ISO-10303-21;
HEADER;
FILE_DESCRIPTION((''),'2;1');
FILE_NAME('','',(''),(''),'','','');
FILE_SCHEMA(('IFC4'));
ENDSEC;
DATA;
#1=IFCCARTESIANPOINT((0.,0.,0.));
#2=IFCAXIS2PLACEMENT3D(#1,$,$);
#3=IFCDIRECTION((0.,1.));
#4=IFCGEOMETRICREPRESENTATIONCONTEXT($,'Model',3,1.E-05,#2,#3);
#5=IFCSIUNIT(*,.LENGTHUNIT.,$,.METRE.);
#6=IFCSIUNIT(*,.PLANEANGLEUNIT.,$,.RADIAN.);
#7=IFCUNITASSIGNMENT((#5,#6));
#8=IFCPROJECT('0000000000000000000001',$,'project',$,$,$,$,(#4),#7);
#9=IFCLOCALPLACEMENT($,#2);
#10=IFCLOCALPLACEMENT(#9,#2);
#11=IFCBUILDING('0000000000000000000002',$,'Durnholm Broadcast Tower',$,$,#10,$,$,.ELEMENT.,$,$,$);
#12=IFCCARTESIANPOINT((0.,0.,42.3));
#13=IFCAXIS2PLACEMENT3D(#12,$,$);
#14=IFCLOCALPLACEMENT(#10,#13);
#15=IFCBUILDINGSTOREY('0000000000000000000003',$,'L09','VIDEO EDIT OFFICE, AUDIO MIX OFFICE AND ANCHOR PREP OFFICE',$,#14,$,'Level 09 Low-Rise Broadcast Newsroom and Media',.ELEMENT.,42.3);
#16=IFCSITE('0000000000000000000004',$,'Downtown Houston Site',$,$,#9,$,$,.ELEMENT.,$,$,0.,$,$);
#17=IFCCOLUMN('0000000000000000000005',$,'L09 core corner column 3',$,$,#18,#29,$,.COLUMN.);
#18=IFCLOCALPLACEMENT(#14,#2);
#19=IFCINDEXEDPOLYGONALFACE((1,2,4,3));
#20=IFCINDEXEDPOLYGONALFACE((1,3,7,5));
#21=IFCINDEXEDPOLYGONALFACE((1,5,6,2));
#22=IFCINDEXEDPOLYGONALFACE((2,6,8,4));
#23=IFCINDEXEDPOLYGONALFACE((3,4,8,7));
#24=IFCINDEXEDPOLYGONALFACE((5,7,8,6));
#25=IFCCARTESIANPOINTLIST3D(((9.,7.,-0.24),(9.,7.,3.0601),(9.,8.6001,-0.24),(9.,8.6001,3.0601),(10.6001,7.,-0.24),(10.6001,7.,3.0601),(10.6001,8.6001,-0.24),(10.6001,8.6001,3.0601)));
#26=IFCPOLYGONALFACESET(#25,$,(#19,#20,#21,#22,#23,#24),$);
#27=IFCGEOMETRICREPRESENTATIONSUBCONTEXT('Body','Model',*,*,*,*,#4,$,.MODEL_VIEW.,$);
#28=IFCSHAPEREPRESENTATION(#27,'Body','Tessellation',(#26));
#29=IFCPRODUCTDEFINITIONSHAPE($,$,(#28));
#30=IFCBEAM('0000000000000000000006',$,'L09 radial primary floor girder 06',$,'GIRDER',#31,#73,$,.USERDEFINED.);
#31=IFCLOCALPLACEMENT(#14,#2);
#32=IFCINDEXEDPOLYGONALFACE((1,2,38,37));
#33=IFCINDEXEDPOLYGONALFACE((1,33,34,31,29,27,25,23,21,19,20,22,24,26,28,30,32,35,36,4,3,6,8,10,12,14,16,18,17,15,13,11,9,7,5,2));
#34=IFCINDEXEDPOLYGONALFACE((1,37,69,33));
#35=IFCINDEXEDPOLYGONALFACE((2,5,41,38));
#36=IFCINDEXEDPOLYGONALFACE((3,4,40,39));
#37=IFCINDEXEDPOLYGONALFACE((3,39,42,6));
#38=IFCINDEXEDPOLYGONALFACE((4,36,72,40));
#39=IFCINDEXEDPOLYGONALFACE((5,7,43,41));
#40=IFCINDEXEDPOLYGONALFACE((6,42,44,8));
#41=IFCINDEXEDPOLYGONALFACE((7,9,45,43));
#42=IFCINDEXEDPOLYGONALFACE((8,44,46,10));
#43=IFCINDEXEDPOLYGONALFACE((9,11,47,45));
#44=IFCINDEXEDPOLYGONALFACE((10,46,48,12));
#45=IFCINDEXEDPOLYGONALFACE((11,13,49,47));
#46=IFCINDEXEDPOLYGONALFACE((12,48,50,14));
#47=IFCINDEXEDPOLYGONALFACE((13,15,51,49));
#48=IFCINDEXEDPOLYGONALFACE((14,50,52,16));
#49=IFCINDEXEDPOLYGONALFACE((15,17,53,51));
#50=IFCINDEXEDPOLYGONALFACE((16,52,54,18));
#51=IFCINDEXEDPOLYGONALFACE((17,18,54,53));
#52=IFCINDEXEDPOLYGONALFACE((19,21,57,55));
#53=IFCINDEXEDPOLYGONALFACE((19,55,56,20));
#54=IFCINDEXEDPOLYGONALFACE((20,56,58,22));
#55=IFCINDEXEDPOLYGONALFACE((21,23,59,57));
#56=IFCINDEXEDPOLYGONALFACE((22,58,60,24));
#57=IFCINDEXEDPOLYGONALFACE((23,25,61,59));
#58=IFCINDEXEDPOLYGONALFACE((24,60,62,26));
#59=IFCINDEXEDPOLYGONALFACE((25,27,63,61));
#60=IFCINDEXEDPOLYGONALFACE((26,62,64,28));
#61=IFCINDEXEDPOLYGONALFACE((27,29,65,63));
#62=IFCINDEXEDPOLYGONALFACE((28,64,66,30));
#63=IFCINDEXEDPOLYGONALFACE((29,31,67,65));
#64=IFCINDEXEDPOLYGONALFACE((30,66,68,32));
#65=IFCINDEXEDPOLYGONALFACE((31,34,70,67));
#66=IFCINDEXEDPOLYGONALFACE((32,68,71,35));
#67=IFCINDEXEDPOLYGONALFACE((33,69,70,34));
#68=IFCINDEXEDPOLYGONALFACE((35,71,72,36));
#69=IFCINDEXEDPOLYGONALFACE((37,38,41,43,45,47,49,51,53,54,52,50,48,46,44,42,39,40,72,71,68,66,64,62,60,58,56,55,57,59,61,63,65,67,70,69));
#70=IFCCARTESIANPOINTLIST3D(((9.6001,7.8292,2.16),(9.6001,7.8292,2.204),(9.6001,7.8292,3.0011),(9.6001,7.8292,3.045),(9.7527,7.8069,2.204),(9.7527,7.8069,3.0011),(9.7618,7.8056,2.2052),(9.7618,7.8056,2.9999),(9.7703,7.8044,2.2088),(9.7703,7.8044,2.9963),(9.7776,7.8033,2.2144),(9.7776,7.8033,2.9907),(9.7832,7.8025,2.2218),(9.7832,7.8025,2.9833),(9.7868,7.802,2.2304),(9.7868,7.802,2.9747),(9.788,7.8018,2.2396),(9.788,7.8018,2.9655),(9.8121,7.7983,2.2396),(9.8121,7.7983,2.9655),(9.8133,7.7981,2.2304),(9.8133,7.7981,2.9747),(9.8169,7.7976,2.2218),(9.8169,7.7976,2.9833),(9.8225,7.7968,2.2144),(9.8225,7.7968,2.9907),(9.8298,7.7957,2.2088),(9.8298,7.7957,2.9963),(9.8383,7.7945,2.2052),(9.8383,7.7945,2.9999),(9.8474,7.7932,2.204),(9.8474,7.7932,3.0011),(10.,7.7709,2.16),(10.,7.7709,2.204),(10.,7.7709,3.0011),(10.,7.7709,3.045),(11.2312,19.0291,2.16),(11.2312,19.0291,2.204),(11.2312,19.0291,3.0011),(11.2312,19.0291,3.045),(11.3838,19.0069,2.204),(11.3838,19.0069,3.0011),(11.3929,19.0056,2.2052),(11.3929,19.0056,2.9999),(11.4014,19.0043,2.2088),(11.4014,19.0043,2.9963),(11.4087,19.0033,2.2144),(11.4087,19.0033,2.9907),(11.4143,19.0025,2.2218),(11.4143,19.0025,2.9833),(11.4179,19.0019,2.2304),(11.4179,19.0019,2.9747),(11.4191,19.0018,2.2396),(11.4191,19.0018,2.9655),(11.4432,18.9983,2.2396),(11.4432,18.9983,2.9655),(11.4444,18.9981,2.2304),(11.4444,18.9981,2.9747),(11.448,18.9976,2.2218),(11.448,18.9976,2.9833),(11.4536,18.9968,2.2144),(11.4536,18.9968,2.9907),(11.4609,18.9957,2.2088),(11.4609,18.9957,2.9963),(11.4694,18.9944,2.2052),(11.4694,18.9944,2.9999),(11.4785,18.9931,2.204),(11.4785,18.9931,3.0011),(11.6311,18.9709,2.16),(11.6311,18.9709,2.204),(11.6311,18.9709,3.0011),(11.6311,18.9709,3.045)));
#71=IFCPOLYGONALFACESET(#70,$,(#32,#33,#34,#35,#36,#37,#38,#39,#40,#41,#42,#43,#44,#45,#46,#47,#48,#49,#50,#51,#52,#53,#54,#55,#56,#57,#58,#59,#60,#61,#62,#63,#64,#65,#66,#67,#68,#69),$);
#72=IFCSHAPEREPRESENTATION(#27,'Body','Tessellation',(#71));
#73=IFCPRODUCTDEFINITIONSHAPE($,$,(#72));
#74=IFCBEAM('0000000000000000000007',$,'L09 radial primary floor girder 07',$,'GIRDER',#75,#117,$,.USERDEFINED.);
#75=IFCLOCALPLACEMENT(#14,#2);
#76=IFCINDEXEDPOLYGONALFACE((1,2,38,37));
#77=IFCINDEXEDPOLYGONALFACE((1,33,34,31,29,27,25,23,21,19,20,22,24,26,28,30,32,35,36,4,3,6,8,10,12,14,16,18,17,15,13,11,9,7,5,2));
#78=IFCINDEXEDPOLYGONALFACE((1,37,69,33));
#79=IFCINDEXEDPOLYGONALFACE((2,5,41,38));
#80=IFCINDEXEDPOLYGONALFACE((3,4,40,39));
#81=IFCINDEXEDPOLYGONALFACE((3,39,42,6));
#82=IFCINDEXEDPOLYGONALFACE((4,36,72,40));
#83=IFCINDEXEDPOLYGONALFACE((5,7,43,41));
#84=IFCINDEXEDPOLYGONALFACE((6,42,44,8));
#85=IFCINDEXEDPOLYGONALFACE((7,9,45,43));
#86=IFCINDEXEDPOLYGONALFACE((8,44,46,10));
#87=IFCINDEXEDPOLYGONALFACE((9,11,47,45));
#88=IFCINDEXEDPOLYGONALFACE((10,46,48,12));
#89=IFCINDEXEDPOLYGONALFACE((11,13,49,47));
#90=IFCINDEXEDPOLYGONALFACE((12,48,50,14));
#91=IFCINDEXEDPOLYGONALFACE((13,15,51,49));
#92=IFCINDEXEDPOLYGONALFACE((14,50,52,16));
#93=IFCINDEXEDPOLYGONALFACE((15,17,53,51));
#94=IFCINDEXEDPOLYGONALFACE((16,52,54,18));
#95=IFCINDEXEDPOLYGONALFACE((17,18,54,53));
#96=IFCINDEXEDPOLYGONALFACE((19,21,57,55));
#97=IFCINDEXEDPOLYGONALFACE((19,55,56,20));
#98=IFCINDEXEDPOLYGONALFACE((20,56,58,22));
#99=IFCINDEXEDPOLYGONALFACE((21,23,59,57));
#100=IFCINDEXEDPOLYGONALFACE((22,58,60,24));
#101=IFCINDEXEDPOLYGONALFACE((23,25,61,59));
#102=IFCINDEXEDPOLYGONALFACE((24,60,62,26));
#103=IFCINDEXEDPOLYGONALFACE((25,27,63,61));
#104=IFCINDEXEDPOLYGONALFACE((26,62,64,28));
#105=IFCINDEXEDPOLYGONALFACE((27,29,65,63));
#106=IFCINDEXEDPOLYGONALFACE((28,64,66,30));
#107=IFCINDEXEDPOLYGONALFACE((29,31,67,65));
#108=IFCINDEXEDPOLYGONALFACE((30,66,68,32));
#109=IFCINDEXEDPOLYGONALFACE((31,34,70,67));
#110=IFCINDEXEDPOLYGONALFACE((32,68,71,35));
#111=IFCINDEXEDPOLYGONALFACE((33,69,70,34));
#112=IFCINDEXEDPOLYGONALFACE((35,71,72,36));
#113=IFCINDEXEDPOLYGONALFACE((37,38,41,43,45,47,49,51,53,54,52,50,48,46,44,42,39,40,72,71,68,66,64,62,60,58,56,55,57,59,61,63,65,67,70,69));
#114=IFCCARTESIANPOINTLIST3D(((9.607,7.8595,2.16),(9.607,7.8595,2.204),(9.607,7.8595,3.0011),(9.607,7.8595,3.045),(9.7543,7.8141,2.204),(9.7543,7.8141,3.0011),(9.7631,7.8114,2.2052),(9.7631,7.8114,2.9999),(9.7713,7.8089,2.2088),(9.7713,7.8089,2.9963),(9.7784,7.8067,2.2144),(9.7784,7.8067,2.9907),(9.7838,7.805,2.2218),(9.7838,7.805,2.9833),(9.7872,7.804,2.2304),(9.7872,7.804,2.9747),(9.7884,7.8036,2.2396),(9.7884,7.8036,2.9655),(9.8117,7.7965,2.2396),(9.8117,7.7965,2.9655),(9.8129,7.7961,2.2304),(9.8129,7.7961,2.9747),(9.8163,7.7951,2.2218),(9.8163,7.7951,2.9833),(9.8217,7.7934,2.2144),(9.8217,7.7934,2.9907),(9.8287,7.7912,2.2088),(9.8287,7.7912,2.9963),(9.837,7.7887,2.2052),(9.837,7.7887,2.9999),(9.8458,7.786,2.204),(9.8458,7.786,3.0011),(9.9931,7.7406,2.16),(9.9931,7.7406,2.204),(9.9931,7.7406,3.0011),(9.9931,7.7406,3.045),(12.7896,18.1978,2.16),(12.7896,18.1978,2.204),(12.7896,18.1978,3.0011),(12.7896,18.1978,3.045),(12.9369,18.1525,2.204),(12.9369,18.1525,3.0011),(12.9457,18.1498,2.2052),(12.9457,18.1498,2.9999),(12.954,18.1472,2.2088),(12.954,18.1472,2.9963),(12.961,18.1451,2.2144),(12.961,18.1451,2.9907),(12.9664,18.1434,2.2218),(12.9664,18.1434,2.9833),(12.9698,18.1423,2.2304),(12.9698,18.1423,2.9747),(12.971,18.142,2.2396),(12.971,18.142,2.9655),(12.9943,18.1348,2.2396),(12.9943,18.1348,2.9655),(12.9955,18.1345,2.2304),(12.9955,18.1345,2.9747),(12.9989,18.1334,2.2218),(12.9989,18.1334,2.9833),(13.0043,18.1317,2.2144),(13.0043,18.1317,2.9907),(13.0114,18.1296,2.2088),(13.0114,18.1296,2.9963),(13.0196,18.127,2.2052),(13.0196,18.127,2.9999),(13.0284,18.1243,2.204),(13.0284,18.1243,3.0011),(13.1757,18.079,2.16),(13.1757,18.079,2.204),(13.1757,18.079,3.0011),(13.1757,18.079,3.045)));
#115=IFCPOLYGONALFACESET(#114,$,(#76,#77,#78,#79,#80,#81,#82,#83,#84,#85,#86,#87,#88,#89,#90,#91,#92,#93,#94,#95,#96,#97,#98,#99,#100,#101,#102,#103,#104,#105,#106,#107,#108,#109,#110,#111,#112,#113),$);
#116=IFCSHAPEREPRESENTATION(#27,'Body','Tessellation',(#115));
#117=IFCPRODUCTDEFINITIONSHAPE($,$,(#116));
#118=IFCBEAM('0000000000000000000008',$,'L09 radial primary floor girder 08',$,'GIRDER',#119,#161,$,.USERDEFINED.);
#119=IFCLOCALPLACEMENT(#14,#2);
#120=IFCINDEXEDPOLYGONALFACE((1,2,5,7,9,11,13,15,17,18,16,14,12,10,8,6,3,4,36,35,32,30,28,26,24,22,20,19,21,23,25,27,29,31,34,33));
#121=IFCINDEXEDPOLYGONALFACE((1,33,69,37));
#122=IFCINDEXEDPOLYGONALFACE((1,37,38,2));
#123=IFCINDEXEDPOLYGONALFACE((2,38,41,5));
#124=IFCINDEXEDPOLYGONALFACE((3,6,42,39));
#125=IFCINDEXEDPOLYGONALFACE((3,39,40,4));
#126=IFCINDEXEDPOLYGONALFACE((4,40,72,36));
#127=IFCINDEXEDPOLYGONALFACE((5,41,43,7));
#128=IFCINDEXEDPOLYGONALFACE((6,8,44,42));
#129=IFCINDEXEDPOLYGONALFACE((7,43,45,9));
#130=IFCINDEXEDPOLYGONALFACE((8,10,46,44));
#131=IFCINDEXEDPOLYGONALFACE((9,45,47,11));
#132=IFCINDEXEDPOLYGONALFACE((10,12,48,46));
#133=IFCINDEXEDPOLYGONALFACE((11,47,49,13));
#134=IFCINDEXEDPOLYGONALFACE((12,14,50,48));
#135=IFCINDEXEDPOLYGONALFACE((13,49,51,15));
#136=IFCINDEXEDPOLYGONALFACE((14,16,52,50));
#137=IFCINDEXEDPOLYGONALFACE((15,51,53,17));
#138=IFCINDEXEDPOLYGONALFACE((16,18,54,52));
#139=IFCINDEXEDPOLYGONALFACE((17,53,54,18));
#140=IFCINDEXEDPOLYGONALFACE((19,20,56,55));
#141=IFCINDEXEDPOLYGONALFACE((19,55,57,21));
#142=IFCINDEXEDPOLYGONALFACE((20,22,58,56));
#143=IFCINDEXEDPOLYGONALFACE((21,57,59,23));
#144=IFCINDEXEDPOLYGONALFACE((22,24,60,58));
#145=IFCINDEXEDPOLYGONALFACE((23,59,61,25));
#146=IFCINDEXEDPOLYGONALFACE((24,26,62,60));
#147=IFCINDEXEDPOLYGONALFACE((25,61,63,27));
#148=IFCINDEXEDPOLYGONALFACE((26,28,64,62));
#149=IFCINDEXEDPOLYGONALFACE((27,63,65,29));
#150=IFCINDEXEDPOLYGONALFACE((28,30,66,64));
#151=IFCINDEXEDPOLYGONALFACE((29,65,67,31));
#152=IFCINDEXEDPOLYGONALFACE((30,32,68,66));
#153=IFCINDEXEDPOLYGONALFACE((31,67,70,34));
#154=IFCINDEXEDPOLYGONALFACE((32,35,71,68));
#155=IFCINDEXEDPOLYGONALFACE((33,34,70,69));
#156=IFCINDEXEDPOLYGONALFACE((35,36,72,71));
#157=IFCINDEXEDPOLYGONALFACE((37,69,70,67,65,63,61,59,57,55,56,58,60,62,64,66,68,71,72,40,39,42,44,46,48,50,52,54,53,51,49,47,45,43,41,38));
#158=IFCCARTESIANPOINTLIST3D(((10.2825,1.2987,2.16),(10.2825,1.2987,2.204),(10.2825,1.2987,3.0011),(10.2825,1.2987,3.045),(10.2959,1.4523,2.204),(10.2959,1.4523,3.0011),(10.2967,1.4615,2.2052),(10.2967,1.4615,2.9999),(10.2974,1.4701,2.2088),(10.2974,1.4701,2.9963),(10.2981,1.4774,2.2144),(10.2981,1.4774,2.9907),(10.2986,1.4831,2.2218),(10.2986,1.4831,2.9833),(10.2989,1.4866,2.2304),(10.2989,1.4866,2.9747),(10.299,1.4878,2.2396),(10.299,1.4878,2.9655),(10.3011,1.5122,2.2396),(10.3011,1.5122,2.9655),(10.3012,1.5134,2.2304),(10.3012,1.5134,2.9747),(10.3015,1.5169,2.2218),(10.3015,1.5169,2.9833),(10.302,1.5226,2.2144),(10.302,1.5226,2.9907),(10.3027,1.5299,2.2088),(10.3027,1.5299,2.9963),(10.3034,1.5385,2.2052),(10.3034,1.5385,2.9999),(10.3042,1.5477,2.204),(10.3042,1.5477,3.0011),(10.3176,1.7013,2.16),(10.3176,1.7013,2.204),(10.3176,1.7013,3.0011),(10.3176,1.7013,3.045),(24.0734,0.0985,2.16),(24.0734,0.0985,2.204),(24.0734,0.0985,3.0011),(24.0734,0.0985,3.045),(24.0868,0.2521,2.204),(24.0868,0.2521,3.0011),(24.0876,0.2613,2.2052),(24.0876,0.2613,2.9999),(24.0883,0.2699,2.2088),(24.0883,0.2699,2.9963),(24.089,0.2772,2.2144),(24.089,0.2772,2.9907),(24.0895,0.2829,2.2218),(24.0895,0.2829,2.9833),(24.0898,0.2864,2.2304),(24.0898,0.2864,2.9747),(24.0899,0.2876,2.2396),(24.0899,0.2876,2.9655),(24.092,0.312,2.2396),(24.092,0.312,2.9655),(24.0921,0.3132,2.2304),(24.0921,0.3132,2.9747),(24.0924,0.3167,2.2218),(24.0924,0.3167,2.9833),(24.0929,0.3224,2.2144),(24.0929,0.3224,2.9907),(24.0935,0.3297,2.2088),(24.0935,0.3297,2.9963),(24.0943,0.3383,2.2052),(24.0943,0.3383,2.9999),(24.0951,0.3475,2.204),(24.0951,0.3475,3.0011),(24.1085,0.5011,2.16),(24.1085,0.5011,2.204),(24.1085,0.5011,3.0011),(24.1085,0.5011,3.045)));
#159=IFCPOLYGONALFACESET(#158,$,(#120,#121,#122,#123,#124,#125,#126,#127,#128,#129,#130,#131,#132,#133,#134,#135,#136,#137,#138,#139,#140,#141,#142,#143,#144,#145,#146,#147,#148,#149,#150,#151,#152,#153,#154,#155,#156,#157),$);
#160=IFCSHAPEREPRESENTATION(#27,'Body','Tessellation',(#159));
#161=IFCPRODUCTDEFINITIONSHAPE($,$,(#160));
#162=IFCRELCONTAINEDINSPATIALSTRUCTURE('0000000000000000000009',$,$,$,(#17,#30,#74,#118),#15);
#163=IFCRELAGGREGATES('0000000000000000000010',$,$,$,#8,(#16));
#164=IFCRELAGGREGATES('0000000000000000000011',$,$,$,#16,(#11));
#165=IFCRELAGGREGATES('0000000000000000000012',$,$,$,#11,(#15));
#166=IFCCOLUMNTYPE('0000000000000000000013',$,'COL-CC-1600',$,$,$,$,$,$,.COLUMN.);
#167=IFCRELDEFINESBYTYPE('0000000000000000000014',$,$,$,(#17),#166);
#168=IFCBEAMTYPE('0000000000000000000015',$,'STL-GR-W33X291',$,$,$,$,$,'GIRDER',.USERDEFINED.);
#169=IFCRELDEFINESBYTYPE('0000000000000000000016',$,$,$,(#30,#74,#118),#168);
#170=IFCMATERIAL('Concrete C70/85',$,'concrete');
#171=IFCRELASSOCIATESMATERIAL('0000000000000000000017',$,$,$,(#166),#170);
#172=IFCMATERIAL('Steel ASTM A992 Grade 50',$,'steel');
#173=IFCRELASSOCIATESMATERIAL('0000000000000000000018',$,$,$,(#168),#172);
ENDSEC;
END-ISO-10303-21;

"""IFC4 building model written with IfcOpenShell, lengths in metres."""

from ifc_helpers import new_model, si_unit, direction, frame, origin, origin_2d, place, context, subcontext, project, spatial, rectangle, i_section, extrude, source, transform, mapped, material, material_profile, profile_set, type_object, type_shapes, element, save


model = new_model("IFC4")

# Units and contexts
model_context = context("Model", 3, precision=1e-05, world=origin(), true_north=direction((0.0, 1.0)))
body_context = subcontext(model_context, "Body", "Model", "MODEL_VIEW")
ifc_project = project(units=[si_unit("LENGTHUNIT", "METRE"), si_unit("PLANEANGLEUNIT", "RADIAN")], contexts=[model_context])

# Site, building, storey
site_placement = place(None, origin())
site = spatial("IfcSite", under=ifc_project, at=site_placement, Name="Downtown Houston Site", CompositionType="ELEMENT", RefElevation=0.0)
building_placement = place(site_placement, origin())
building = spatial("IfcBuilding", under=site, at=building_placement, Name="Durnholm Broadcast Tower", CompositionType="ELEMENT")
storey_placement = place(building_placement, frame((0.0, 0.0, 42.3)))
storey = spatial("IfcBuildingStorey", under=building, at=storey_placement, Name="L09", Description="VIDEO EDIT OFFICE, AUDIO MIX OFFICE AND ANCHOR PREP OFFICE", LongName="Level 09 Low-Rise Broadcast Newsroom and Media", CompositionType="ELEMENT", Elevation=42.3)

# Column
ifc_material_1 = material(Name="Concrete C70/85", Category="concrete")
ifc_material_profile_1 = material_profile(ifc_material_1, rectangle(XDim=1.6001, YDim=1.6001, at=origin_2d()), Name="RC1600X1600")
ifc_profile_set_1 = profile_set([ifc_material_profile_1], Name="Concrete C70/85")
column_type = type_object("IfcColumnType", Name="COL-CC-1600", PredefinedType="COLUMN", material=ifc_profile_set_1)
shared_shape_1 = source(origin(), body_context, "Body", "SweptSolid", [
    extrude(rectangle(XDim=1.6001, YDim=1.6001, at=origin_2d()), origin(), (0.0, 0.0, 1.0), 3.3),
])
type_shapes(column_type, [shared_shape_1])
column_placement = place(storey_placement, frame((9.8, 7.8, -0.24), z_axis=(0.0, 0.0, 1.0), x_axis=(1.0, 0.0, 0.0)))
element("IfcColumn", 1, at=column_placement, inside=storey, type_object=column_type, Name="L09 core corner column 3", PredefinedType="COLUMN", context=body_context, shape_type="MappedRepresentation", body=[
    mapped(shared_shape_1, transform((0.0, 0.0, 0.0), x_axis=(1.0, 0.0, 0.0), y_axis=(0.0, 1.0, 0.0), z_axis=(0.0, 0.0, 1.0), scale=1.0)),
])

# Beams
ifc_material_2 = material(Name="Steel ASTM A992 Grade 50", Category="steel")
ifc_material_profile_2 = material_profile(ifc_material_2, i_section(OverallWidth=0.4041, OverallDepth=0.885, WebThickness=0.0244, FlangeThickness=0.0439, FilletRadius=0.0356, at=origin_2d()), Name="W33X291")
ifc_profile_set_2 = profile_set([ifc_material_profile_2], Name="Steel ASTM A992 Grade 50")
beam_type_1 = type_object("IfcBeamType", Name="STL-GR-W33X291", ElementType="GIRDER", PredefinedType="USERDEFINED", material=ifc_profile_set_2)
shared_shape_2 = source(origin(), body_context, "Body", "SweptSolid", [
    extrude(i_section(OverallWidth=0.4041, OverallDepth=0.885, WebThickness=0.0244, FlangeThickness=0.0439, FilletRadius=0.0356, at=origin_2d()), origin(), (0.0, 0.0, 1.0), 11.3181),
])
beam_1_placement = place(storey_placement, frame((9.8, 7.8, 2.6025), z_axis=(0.144115, 0.989561, 0.0), x_axis=(-0.989561, 0.144115, 0.0)))
element("IfcBeam", 2, at=beam_1_placement, inside=storey, type_object=beam_type_1, Name="L09 radial primary floor girder 06", ObjectType="GIRDER", PredefinedType="USERDEFINED", context=body_context, shape_type="MappedRepresentation", body=[
    mapped(shared_shape_2, transform((0.0, 0.0, 0.0), x_axis=(1.0, 0.0, 0.0), y_axis=(0.0, 1.0, 0.0), z_axis=(0.0, 0.0, 1.0), scale=1.0)),
])
shared_shape_3 = source(origin(), body_context, "Body", "SweptSolid", [
    extrude(i_section(OverallWidth=0.4041, OverallDepth=0.885, WebThickness=0.0244, FlangeThickness=0.0439, FilletRadius=0.0356, at=origin_2d()), origin(), (0.0, 0.0, 1.0), 10.8171),
])
beam_2_placement = place(storey_placement, frame((9.8, 7.8, 2.6025), z_axis=(0.294219, 0.955738, 0.0), x_axis=(-0.955738, 0.294219, 0.0)))
element("IfcBeam", 3, at=beam_2_placement, inside=storey, type_object=beam_type_1, Name="L09 radial primary floor girder 07", ObjectType="GIRDER", PredefinedType="USERDEFINED", context=body_context, shape_type="MappedRepresentation", body=[
    mapped(shared_shape_3, transform((0.0, 0.0, 0.0), x_axis=(1.0, 0.0, 0.0), y_axis=(0.0, 1.0, 0.0), z_axis=(0.0, 0.0, 1.0), scale=1.0)),
])
shared_shape_4 = source(origin(), body_context, "Body", "SweptSolid", [
    extrude(i_section(OverallWidth=0.4041, OverallDepth=0.885, WebThickness=0.0244, FlangeThickness=0.0439, FilletRadius=0.0356, at=origin_2d()), origin(), (0.0, 0.0, 1.0), 13.843),
])
beam_3_placement = place(storey_placement, frame((10.3, 1.5, 2.6025), z_axis=(0.996234, -0.086701, 0.0), x_axis=(0.086701, 0.996234, 0.0)))
element("IfcBeam", 4, at=beam_3_placement, inside=storey, type_object=beam_type_1, Name="L09 radial primary floor girder 08", ObjectType="GIRDER", PredefinedType="USERDEFINED", context=body_context, shape_type="MappedRepresentation", body=[
    mapped(shared_shape_4, transform((0.0, 0.0, 0.0), x_axis=(1.0, 0.0, 0.0), y_axis=(0.0, 1.0, 0.0), z_axis=(0.0, 0.0, 1.0), scale=1.0)),
])

save(model, "model.ifc")
